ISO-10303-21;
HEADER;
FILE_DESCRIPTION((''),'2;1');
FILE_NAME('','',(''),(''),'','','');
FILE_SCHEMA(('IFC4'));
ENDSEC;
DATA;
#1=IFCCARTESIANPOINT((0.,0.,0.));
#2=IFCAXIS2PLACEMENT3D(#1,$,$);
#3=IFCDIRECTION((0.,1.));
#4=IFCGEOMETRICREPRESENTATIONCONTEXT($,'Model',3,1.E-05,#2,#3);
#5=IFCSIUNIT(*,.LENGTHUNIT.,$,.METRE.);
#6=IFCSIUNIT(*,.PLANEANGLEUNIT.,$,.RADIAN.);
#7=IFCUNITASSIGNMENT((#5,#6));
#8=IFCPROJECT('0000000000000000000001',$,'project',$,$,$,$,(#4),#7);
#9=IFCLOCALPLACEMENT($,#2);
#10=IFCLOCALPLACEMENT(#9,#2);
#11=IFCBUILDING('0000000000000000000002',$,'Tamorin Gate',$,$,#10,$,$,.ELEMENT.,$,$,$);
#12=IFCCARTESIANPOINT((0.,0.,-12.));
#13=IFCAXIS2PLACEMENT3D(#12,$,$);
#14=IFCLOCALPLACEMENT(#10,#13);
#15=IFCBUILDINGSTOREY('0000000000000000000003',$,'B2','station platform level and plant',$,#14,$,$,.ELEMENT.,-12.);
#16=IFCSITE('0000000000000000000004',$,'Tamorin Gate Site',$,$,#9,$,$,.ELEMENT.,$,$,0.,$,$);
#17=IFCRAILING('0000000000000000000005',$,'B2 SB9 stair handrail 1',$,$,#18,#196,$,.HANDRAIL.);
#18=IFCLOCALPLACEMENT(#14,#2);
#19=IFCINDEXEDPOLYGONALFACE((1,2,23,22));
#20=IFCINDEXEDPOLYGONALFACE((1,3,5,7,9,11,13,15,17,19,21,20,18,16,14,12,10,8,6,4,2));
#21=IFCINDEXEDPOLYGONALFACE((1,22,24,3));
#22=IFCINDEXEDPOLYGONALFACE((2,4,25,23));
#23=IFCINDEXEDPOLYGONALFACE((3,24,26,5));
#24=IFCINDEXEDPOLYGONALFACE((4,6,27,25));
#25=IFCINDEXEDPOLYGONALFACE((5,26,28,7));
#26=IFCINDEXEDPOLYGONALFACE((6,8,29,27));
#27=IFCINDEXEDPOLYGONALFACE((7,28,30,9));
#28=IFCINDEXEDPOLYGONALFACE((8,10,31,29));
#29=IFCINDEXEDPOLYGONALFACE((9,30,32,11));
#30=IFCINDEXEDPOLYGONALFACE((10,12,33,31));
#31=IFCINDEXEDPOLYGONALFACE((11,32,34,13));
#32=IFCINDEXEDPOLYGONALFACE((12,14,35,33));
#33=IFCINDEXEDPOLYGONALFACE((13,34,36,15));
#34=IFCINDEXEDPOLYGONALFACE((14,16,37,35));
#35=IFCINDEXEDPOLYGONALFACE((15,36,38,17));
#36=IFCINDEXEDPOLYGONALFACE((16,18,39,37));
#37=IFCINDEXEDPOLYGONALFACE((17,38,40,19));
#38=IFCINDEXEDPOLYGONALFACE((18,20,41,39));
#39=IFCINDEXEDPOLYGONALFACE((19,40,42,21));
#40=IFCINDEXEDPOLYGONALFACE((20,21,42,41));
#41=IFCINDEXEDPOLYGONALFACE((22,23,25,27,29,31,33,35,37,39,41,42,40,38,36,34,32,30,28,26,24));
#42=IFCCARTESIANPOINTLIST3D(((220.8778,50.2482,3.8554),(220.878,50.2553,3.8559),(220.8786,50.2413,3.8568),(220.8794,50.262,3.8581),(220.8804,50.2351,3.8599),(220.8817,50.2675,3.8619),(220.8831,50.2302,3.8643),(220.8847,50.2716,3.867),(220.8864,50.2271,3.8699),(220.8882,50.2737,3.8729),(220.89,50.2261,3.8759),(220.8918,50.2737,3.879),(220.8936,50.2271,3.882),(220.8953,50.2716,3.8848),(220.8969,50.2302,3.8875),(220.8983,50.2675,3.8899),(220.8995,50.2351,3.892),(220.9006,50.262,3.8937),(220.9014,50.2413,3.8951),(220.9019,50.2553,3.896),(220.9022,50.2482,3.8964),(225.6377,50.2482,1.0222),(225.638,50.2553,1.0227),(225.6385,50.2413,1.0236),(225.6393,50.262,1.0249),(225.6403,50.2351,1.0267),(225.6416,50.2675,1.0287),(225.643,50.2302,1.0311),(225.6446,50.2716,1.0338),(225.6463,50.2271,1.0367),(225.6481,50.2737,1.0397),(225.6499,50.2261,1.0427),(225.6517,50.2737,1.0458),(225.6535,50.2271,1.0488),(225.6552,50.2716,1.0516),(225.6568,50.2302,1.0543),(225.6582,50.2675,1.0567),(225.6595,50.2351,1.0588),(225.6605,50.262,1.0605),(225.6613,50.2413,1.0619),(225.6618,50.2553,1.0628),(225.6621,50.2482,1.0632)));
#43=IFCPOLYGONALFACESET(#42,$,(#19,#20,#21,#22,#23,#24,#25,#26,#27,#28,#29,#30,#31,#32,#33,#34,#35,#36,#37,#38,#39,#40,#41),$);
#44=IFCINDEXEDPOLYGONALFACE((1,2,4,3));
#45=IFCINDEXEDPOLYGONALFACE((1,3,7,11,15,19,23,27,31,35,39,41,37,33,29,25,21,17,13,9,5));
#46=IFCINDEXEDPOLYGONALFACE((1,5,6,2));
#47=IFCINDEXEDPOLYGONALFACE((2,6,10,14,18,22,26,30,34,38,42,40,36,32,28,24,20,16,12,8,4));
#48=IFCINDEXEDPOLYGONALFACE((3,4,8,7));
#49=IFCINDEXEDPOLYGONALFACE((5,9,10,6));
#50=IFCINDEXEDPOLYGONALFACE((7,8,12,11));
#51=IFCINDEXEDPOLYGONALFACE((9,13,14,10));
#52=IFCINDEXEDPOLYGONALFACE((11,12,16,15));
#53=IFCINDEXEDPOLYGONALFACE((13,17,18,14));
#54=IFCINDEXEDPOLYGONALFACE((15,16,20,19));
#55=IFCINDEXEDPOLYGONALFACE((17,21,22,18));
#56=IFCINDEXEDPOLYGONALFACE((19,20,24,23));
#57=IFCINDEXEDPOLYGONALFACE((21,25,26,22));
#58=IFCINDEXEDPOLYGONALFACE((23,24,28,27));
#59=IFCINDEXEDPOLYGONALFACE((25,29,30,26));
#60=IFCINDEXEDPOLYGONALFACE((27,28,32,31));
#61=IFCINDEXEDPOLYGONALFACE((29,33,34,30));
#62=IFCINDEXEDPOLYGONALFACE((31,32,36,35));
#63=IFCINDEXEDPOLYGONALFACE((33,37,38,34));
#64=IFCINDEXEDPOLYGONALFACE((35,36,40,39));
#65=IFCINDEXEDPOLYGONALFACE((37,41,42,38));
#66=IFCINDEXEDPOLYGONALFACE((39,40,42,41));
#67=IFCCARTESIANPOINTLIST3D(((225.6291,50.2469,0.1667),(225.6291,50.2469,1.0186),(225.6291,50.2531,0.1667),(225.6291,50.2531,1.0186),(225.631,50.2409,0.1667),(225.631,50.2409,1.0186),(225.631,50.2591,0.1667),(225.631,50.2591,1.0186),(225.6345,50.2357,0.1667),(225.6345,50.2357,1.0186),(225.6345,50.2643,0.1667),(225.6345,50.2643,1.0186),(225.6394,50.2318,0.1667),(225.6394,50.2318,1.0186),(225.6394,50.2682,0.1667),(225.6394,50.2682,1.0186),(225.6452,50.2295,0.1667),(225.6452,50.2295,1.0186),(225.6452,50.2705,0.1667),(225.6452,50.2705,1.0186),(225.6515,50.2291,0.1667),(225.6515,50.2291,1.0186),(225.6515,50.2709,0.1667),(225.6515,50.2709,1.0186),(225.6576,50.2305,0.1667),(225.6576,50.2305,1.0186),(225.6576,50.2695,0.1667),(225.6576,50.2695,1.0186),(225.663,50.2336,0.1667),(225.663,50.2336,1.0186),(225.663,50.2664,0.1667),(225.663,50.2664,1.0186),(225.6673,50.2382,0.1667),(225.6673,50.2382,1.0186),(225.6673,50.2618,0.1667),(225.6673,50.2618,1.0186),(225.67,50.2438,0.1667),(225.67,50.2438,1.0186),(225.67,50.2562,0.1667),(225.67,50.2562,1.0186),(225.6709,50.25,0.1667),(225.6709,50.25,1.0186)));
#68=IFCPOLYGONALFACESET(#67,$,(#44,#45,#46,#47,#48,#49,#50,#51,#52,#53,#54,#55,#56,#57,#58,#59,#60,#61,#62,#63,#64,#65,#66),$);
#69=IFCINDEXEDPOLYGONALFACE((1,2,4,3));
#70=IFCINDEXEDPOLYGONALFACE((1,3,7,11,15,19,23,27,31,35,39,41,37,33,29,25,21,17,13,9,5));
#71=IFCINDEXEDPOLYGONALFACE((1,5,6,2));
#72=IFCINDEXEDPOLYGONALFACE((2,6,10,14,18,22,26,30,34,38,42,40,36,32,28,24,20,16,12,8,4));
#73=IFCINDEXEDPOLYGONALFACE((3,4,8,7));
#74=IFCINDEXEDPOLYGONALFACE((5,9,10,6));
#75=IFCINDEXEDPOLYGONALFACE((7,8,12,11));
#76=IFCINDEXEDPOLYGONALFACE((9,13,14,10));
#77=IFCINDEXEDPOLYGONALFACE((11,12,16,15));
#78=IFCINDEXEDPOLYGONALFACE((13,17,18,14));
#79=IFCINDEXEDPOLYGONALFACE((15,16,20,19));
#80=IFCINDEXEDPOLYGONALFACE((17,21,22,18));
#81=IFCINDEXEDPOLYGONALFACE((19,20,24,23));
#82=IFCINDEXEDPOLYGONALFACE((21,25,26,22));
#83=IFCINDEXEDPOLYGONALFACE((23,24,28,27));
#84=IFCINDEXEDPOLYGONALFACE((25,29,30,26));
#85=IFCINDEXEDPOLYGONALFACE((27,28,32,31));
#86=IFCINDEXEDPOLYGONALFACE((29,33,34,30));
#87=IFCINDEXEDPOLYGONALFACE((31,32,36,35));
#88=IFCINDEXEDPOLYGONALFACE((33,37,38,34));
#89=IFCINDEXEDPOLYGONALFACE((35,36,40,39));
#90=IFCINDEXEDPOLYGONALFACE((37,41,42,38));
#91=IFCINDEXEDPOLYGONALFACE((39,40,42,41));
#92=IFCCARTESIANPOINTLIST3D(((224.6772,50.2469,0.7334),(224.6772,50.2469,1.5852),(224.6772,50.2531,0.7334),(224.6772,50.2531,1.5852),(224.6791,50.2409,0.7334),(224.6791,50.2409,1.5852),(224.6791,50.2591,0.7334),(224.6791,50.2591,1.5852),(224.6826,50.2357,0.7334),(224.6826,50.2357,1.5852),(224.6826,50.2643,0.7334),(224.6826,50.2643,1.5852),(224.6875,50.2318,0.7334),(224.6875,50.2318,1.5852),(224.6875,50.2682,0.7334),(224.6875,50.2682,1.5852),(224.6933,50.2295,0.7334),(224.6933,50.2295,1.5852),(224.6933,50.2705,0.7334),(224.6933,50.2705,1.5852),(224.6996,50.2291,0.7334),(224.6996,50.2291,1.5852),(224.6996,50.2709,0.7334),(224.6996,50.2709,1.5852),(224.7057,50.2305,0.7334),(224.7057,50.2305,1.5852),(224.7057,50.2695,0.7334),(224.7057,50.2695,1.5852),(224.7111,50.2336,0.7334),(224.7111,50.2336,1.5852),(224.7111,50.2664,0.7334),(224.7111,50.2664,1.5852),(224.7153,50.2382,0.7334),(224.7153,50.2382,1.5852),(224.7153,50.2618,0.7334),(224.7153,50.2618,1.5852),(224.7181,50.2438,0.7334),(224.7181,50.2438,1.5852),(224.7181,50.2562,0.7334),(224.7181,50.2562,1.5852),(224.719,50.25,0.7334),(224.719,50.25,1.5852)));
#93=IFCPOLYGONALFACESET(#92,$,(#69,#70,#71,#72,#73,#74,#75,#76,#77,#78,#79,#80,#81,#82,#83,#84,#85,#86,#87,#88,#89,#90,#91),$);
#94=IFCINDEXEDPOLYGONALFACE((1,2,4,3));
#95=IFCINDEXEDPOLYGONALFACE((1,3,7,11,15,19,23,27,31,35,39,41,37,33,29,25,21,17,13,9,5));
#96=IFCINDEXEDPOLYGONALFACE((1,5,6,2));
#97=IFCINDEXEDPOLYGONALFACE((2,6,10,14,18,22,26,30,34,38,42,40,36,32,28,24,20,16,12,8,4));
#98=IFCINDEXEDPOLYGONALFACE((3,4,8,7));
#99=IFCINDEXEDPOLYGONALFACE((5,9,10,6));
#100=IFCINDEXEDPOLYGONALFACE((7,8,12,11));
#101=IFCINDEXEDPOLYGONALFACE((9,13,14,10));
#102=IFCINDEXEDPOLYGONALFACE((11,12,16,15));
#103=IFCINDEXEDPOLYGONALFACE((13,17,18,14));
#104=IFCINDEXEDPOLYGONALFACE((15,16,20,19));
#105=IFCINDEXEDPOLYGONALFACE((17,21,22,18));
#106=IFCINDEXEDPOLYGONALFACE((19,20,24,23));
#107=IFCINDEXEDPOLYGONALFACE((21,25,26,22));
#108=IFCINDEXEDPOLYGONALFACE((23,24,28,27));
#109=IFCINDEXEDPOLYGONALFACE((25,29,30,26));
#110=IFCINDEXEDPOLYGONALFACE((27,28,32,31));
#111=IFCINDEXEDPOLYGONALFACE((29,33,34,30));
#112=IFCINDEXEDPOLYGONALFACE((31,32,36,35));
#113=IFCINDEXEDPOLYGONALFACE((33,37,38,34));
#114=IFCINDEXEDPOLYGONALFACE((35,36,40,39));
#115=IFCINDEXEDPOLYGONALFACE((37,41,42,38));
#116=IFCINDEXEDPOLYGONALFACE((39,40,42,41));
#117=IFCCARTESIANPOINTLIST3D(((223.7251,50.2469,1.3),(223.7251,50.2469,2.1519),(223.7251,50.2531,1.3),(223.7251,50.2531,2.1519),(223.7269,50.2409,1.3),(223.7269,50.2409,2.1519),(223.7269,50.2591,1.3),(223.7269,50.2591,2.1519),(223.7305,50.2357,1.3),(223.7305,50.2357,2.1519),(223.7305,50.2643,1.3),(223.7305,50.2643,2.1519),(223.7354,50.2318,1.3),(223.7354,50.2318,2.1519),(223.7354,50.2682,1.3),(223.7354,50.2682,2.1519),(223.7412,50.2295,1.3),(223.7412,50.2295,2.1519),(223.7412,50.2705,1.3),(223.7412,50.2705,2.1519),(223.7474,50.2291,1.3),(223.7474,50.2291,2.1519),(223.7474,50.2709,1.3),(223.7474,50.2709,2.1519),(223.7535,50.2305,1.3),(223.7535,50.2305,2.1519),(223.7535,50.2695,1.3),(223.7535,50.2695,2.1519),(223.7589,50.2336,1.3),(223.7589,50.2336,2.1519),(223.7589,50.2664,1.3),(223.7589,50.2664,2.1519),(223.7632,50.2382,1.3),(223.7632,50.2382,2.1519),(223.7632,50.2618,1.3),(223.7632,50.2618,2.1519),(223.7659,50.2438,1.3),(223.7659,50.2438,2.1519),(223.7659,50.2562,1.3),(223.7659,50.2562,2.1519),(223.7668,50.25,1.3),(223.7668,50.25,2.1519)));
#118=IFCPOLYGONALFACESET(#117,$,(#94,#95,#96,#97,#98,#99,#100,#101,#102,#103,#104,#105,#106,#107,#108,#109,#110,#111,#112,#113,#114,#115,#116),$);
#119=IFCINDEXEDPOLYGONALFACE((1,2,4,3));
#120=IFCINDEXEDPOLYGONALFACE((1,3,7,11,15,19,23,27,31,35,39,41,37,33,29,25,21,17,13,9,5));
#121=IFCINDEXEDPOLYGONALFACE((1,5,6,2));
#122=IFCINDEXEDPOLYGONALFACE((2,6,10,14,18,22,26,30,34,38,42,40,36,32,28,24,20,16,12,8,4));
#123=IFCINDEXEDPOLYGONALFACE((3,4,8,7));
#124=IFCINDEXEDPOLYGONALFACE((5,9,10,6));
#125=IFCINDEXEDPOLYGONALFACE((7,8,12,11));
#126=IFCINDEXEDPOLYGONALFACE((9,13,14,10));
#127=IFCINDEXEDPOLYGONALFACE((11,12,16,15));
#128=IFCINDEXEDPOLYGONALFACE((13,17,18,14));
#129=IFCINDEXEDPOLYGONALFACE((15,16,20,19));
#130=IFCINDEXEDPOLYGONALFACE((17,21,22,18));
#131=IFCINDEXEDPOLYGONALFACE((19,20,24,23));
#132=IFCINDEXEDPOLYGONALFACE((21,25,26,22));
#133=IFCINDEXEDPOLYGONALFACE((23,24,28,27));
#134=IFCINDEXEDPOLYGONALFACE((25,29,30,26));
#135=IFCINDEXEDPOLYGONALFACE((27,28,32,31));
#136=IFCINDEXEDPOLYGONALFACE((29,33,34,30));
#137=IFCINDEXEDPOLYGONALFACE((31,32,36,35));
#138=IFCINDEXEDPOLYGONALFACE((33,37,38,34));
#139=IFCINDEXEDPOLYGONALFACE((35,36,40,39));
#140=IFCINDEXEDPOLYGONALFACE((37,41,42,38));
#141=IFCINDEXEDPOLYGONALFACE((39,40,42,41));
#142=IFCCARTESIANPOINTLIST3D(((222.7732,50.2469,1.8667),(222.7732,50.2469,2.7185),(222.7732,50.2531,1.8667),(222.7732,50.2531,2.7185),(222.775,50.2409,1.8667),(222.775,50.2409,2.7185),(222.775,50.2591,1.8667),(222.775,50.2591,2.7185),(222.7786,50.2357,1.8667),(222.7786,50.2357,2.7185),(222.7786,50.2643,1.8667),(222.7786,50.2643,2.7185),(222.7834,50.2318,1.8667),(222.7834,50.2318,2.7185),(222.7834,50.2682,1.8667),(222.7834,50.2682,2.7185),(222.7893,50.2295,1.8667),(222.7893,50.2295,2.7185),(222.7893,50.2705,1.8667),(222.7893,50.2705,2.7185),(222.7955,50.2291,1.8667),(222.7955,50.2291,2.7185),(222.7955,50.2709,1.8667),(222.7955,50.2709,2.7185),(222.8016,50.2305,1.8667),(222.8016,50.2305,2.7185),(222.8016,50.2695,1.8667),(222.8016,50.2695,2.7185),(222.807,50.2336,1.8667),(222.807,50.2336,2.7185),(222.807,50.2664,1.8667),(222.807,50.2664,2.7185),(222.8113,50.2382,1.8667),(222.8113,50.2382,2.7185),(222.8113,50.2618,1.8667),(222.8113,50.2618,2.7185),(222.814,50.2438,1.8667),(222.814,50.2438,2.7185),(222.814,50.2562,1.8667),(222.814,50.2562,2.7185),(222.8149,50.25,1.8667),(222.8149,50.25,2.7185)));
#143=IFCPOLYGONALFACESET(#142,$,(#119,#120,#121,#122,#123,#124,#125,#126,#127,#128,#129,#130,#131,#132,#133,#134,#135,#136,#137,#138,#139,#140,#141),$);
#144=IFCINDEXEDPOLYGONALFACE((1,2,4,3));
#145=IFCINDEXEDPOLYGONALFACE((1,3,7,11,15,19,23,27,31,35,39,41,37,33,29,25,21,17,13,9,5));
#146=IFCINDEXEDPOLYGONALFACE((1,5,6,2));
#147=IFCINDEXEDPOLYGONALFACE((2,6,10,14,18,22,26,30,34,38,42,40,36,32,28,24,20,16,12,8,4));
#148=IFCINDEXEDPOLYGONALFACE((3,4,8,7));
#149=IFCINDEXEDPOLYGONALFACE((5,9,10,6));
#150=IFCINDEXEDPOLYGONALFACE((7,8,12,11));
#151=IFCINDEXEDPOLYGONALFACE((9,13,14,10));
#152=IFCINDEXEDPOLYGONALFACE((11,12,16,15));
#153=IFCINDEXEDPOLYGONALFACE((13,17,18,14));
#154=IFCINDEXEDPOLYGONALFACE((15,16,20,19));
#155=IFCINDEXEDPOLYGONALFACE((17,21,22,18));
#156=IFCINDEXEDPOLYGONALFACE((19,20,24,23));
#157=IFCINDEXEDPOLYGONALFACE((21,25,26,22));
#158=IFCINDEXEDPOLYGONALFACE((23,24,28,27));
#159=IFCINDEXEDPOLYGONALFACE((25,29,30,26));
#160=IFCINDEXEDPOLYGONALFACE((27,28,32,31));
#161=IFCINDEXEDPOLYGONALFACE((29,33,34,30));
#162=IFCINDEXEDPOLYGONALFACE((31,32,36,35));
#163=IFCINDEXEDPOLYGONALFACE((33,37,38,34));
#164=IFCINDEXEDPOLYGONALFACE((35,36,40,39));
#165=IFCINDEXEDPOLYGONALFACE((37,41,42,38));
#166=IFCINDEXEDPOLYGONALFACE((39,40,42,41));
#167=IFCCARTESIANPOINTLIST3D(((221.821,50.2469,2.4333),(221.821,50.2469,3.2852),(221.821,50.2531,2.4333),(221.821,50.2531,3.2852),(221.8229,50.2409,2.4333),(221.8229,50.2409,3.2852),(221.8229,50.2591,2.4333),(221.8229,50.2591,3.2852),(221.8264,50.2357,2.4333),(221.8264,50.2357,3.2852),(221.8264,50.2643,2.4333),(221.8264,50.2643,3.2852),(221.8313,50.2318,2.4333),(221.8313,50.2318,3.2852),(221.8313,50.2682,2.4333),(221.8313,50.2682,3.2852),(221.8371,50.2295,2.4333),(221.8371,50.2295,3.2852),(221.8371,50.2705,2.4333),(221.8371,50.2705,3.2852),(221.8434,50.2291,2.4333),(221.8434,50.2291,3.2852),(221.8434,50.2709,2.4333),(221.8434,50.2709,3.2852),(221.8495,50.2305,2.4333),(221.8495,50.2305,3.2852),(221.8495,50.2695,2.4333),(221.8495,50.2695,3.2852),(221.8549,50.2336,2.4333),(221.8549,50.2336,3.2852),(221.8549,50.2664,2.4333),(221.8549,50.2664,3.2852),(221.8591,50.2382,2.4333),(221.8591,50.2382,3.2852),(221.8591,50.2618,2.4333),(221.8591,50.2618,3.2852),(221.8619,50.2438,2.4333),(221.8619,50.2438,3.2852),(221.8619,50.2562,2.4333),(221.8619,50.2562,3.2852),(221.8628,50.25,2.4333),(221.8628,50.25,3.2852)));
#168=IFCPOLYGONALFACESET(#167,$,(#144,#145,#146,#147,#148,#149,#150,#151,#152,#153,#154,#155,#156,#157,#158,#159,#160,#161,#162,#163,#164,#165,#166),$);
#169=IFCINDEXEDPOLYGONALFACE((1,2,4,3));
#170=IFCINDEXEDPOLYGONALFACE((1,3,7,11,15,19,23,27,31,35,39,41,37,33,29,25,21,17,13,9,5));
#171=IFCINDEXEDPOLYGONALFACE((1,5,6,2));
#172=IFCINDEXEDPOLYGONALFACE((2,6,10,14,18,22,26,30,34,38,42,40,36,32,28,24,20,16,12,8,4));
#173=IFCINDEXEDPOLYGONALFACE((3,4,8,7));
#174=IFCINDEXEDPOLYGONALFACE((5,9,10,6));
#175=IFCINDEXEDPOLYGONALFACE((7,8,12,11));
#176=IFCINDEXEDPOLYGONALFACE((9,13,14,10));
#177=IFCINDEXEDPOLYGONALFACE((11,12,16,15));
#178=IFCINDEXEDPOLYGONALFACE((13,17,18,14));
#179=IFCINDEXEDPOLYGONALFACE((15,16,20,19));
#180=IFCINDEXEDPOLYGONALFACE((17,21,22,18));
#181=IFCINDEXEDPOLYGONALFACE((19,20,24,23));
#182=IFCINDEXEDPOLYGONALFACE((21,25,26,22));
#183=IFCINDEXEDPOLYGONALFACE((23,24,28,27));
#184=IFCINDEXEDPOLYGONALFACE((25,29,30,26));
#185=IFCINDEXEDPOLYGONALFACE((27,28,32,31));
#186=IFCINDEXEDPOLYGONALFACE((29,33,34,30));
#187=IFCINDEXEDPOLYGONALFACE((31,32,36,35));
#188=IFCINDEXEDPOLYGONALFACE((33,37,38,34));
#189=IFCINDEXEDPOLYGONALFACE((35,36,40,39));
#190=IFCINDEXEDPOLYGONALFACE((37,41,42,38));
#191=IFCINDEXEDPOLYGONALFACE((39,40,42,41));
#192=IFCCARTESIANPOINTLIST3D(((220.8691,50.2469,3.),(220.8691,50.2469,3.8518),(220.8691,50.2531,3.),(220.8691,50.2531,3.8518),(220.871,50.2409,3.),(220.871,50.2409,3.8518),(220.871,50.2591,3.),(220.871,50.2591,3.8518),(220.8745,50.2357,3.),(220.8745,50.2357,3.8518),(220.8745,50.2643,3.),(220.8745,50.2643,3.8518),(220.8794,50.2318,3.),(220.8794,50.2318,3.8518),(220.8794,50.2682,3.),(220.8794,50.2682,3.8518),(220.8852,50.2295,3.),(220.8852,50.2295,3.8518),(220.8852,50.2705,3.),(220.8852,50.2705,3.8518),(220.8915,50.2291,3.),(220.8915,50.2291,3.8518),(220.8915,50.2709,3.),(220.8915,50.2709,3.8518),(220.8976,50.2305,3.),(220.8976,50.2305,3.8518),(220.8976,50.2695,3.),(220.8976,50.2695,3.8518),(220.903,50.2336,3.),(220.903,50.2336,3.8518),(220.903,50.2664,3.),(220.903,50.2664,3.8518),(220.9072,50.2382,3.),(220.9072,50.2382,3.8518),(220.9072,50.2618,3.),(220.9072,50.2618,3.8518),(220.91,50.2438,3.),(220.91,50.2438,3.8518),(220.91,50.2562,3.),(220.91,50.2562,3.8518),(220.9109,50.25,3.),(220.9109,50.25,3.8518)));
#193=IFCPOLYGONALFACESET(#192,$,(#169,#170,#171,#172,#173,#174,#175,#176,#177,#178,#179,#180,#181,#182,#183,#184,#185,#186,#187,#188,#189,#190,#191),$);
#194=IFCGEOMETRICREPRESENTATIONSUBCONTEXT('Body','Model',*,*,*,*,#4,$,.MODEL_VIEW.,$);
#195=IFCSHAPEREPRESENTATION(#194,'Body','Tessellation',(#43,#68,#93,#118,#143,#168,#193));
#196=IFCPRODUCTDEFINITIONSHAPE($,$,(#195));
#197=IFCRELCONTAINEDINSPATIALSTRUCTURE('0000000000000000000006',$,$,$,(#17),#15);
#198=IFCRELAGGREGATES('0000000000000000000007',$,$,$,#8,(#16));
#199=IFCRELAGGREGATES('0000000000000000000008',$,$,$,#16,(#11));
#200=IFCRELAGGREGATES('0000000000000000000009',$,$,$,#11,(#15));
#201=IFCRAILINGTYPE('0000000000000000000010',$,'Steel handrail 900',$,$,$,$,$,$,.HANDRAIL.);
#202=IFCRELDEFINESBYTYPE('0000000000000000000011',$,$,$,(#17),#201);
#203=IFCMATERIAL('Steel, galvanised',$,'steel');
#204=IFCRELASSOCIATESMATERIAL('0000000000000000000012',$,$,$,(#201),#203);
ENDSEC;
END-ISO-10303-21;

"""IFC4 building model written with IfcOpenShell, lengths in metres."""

from ifc_helpers import new_model, si_unit, direction, frame, origin, origin_2d, place, context, subcontext, project, spatial, circle, extrude, material, type_object, element, save


model = new_model("IFC4")

# Units and contexts
model_context = context("Model", 3, precision=1e-05, world=origin(), true_north=direction((0.0, 1.0)))
body_context = subcontext(model_context, "Body", "Model", "MODEL_VIEW")
ifc_project = project(units=[si_unit("LENGTHUNIT", "METRE"), si_unit("PLANEANGLEUNIT", "RADIAN")], contexts=[model_context])

# Site, building, storey
site_placement = place(None, origin())
site = spatial("IfcSite", under=ifc_project, at=site_placement, Name="Tamorin Gate Site", CompositionType="ELEMENT", RefElevation=0.0)
building_placement = place(site_placement, origin())
building = spatial("IfcBuilding", under=site, at=building_placement, Name="Tamorin Gate", CompositionType="ELEMENT")
storey_placement = place(building_placement, frame((0.0, 0.0, -12.0)))
storey = spatial("IfcBuildingStorey", under=building, at=storey_placement, Name="B2", Description="station platform level and plant", CompositionType="ELEMENT", Elevation=-12.0)

# Railing
ifc_material_1 = material(Name="Steel, galvanised", Category="steel")
railing_type_1 = type_object("IfcRailingType", Name="Steel handrail 900", PredefinedType="HANDRAIL", material=ifc_material_1)
railing_1_placement = place(storey_placement, frame((225.6499, 50.25, 0.1667)))
element("IfcRailing", 1, at=railing_1_placement, inside=storey, type_object=railing_type_1, Name="B2 SB9 stair handrail 1", PredefinedType="HANDRAIL", context=body_context, shape_type="SweptSolid", body=[
    extrude(circle(Radius=0.0239, at=origin_2d()), frame((0.0, 0.0, 0.876), z_axis=(-0.8593, 0.0, 0.511472), x_axis=(0.0, -1.0, 0.0)), (0.0, 0.0, 1.0), 5.5393),
    extrude(circle(Radius=0.021, at=origin_2d()), origin(), (0.0, 0.0, 1.0), 0.8518),
    extrude(circle(Radius=0.021, at=origin_2d()), frame((-0.9519, 0.0, 0.5667)), (0.0, 0.0, 1.0), 0.8518),
    extrude(circle(Radius=0.021, at=origin_2d()), frame((-1.9041, 0.0, 1.1333)), (0.0, 0.0, 1.0), 0.8518),
    extrude(circle(Radius=0.021, at=origin_2d()), frame((-2.856, 0.0, 1.7)), (0.0, 0.0, 1.0), 0.8518),
    extrude(circle(Radius=0.021, at=origin_2d()), frame((-3.8081, 0.0, 2.2666)), (0.0, 0.0, 1.0), 0.8518),
    extrude(circle(Radius=0.021, at=origin_2d()), frame((-4.76, 0.0, 2.8333)), (0.0, 0.0, 1.0), 0.8518),
])

save(model, "model.ifc")
